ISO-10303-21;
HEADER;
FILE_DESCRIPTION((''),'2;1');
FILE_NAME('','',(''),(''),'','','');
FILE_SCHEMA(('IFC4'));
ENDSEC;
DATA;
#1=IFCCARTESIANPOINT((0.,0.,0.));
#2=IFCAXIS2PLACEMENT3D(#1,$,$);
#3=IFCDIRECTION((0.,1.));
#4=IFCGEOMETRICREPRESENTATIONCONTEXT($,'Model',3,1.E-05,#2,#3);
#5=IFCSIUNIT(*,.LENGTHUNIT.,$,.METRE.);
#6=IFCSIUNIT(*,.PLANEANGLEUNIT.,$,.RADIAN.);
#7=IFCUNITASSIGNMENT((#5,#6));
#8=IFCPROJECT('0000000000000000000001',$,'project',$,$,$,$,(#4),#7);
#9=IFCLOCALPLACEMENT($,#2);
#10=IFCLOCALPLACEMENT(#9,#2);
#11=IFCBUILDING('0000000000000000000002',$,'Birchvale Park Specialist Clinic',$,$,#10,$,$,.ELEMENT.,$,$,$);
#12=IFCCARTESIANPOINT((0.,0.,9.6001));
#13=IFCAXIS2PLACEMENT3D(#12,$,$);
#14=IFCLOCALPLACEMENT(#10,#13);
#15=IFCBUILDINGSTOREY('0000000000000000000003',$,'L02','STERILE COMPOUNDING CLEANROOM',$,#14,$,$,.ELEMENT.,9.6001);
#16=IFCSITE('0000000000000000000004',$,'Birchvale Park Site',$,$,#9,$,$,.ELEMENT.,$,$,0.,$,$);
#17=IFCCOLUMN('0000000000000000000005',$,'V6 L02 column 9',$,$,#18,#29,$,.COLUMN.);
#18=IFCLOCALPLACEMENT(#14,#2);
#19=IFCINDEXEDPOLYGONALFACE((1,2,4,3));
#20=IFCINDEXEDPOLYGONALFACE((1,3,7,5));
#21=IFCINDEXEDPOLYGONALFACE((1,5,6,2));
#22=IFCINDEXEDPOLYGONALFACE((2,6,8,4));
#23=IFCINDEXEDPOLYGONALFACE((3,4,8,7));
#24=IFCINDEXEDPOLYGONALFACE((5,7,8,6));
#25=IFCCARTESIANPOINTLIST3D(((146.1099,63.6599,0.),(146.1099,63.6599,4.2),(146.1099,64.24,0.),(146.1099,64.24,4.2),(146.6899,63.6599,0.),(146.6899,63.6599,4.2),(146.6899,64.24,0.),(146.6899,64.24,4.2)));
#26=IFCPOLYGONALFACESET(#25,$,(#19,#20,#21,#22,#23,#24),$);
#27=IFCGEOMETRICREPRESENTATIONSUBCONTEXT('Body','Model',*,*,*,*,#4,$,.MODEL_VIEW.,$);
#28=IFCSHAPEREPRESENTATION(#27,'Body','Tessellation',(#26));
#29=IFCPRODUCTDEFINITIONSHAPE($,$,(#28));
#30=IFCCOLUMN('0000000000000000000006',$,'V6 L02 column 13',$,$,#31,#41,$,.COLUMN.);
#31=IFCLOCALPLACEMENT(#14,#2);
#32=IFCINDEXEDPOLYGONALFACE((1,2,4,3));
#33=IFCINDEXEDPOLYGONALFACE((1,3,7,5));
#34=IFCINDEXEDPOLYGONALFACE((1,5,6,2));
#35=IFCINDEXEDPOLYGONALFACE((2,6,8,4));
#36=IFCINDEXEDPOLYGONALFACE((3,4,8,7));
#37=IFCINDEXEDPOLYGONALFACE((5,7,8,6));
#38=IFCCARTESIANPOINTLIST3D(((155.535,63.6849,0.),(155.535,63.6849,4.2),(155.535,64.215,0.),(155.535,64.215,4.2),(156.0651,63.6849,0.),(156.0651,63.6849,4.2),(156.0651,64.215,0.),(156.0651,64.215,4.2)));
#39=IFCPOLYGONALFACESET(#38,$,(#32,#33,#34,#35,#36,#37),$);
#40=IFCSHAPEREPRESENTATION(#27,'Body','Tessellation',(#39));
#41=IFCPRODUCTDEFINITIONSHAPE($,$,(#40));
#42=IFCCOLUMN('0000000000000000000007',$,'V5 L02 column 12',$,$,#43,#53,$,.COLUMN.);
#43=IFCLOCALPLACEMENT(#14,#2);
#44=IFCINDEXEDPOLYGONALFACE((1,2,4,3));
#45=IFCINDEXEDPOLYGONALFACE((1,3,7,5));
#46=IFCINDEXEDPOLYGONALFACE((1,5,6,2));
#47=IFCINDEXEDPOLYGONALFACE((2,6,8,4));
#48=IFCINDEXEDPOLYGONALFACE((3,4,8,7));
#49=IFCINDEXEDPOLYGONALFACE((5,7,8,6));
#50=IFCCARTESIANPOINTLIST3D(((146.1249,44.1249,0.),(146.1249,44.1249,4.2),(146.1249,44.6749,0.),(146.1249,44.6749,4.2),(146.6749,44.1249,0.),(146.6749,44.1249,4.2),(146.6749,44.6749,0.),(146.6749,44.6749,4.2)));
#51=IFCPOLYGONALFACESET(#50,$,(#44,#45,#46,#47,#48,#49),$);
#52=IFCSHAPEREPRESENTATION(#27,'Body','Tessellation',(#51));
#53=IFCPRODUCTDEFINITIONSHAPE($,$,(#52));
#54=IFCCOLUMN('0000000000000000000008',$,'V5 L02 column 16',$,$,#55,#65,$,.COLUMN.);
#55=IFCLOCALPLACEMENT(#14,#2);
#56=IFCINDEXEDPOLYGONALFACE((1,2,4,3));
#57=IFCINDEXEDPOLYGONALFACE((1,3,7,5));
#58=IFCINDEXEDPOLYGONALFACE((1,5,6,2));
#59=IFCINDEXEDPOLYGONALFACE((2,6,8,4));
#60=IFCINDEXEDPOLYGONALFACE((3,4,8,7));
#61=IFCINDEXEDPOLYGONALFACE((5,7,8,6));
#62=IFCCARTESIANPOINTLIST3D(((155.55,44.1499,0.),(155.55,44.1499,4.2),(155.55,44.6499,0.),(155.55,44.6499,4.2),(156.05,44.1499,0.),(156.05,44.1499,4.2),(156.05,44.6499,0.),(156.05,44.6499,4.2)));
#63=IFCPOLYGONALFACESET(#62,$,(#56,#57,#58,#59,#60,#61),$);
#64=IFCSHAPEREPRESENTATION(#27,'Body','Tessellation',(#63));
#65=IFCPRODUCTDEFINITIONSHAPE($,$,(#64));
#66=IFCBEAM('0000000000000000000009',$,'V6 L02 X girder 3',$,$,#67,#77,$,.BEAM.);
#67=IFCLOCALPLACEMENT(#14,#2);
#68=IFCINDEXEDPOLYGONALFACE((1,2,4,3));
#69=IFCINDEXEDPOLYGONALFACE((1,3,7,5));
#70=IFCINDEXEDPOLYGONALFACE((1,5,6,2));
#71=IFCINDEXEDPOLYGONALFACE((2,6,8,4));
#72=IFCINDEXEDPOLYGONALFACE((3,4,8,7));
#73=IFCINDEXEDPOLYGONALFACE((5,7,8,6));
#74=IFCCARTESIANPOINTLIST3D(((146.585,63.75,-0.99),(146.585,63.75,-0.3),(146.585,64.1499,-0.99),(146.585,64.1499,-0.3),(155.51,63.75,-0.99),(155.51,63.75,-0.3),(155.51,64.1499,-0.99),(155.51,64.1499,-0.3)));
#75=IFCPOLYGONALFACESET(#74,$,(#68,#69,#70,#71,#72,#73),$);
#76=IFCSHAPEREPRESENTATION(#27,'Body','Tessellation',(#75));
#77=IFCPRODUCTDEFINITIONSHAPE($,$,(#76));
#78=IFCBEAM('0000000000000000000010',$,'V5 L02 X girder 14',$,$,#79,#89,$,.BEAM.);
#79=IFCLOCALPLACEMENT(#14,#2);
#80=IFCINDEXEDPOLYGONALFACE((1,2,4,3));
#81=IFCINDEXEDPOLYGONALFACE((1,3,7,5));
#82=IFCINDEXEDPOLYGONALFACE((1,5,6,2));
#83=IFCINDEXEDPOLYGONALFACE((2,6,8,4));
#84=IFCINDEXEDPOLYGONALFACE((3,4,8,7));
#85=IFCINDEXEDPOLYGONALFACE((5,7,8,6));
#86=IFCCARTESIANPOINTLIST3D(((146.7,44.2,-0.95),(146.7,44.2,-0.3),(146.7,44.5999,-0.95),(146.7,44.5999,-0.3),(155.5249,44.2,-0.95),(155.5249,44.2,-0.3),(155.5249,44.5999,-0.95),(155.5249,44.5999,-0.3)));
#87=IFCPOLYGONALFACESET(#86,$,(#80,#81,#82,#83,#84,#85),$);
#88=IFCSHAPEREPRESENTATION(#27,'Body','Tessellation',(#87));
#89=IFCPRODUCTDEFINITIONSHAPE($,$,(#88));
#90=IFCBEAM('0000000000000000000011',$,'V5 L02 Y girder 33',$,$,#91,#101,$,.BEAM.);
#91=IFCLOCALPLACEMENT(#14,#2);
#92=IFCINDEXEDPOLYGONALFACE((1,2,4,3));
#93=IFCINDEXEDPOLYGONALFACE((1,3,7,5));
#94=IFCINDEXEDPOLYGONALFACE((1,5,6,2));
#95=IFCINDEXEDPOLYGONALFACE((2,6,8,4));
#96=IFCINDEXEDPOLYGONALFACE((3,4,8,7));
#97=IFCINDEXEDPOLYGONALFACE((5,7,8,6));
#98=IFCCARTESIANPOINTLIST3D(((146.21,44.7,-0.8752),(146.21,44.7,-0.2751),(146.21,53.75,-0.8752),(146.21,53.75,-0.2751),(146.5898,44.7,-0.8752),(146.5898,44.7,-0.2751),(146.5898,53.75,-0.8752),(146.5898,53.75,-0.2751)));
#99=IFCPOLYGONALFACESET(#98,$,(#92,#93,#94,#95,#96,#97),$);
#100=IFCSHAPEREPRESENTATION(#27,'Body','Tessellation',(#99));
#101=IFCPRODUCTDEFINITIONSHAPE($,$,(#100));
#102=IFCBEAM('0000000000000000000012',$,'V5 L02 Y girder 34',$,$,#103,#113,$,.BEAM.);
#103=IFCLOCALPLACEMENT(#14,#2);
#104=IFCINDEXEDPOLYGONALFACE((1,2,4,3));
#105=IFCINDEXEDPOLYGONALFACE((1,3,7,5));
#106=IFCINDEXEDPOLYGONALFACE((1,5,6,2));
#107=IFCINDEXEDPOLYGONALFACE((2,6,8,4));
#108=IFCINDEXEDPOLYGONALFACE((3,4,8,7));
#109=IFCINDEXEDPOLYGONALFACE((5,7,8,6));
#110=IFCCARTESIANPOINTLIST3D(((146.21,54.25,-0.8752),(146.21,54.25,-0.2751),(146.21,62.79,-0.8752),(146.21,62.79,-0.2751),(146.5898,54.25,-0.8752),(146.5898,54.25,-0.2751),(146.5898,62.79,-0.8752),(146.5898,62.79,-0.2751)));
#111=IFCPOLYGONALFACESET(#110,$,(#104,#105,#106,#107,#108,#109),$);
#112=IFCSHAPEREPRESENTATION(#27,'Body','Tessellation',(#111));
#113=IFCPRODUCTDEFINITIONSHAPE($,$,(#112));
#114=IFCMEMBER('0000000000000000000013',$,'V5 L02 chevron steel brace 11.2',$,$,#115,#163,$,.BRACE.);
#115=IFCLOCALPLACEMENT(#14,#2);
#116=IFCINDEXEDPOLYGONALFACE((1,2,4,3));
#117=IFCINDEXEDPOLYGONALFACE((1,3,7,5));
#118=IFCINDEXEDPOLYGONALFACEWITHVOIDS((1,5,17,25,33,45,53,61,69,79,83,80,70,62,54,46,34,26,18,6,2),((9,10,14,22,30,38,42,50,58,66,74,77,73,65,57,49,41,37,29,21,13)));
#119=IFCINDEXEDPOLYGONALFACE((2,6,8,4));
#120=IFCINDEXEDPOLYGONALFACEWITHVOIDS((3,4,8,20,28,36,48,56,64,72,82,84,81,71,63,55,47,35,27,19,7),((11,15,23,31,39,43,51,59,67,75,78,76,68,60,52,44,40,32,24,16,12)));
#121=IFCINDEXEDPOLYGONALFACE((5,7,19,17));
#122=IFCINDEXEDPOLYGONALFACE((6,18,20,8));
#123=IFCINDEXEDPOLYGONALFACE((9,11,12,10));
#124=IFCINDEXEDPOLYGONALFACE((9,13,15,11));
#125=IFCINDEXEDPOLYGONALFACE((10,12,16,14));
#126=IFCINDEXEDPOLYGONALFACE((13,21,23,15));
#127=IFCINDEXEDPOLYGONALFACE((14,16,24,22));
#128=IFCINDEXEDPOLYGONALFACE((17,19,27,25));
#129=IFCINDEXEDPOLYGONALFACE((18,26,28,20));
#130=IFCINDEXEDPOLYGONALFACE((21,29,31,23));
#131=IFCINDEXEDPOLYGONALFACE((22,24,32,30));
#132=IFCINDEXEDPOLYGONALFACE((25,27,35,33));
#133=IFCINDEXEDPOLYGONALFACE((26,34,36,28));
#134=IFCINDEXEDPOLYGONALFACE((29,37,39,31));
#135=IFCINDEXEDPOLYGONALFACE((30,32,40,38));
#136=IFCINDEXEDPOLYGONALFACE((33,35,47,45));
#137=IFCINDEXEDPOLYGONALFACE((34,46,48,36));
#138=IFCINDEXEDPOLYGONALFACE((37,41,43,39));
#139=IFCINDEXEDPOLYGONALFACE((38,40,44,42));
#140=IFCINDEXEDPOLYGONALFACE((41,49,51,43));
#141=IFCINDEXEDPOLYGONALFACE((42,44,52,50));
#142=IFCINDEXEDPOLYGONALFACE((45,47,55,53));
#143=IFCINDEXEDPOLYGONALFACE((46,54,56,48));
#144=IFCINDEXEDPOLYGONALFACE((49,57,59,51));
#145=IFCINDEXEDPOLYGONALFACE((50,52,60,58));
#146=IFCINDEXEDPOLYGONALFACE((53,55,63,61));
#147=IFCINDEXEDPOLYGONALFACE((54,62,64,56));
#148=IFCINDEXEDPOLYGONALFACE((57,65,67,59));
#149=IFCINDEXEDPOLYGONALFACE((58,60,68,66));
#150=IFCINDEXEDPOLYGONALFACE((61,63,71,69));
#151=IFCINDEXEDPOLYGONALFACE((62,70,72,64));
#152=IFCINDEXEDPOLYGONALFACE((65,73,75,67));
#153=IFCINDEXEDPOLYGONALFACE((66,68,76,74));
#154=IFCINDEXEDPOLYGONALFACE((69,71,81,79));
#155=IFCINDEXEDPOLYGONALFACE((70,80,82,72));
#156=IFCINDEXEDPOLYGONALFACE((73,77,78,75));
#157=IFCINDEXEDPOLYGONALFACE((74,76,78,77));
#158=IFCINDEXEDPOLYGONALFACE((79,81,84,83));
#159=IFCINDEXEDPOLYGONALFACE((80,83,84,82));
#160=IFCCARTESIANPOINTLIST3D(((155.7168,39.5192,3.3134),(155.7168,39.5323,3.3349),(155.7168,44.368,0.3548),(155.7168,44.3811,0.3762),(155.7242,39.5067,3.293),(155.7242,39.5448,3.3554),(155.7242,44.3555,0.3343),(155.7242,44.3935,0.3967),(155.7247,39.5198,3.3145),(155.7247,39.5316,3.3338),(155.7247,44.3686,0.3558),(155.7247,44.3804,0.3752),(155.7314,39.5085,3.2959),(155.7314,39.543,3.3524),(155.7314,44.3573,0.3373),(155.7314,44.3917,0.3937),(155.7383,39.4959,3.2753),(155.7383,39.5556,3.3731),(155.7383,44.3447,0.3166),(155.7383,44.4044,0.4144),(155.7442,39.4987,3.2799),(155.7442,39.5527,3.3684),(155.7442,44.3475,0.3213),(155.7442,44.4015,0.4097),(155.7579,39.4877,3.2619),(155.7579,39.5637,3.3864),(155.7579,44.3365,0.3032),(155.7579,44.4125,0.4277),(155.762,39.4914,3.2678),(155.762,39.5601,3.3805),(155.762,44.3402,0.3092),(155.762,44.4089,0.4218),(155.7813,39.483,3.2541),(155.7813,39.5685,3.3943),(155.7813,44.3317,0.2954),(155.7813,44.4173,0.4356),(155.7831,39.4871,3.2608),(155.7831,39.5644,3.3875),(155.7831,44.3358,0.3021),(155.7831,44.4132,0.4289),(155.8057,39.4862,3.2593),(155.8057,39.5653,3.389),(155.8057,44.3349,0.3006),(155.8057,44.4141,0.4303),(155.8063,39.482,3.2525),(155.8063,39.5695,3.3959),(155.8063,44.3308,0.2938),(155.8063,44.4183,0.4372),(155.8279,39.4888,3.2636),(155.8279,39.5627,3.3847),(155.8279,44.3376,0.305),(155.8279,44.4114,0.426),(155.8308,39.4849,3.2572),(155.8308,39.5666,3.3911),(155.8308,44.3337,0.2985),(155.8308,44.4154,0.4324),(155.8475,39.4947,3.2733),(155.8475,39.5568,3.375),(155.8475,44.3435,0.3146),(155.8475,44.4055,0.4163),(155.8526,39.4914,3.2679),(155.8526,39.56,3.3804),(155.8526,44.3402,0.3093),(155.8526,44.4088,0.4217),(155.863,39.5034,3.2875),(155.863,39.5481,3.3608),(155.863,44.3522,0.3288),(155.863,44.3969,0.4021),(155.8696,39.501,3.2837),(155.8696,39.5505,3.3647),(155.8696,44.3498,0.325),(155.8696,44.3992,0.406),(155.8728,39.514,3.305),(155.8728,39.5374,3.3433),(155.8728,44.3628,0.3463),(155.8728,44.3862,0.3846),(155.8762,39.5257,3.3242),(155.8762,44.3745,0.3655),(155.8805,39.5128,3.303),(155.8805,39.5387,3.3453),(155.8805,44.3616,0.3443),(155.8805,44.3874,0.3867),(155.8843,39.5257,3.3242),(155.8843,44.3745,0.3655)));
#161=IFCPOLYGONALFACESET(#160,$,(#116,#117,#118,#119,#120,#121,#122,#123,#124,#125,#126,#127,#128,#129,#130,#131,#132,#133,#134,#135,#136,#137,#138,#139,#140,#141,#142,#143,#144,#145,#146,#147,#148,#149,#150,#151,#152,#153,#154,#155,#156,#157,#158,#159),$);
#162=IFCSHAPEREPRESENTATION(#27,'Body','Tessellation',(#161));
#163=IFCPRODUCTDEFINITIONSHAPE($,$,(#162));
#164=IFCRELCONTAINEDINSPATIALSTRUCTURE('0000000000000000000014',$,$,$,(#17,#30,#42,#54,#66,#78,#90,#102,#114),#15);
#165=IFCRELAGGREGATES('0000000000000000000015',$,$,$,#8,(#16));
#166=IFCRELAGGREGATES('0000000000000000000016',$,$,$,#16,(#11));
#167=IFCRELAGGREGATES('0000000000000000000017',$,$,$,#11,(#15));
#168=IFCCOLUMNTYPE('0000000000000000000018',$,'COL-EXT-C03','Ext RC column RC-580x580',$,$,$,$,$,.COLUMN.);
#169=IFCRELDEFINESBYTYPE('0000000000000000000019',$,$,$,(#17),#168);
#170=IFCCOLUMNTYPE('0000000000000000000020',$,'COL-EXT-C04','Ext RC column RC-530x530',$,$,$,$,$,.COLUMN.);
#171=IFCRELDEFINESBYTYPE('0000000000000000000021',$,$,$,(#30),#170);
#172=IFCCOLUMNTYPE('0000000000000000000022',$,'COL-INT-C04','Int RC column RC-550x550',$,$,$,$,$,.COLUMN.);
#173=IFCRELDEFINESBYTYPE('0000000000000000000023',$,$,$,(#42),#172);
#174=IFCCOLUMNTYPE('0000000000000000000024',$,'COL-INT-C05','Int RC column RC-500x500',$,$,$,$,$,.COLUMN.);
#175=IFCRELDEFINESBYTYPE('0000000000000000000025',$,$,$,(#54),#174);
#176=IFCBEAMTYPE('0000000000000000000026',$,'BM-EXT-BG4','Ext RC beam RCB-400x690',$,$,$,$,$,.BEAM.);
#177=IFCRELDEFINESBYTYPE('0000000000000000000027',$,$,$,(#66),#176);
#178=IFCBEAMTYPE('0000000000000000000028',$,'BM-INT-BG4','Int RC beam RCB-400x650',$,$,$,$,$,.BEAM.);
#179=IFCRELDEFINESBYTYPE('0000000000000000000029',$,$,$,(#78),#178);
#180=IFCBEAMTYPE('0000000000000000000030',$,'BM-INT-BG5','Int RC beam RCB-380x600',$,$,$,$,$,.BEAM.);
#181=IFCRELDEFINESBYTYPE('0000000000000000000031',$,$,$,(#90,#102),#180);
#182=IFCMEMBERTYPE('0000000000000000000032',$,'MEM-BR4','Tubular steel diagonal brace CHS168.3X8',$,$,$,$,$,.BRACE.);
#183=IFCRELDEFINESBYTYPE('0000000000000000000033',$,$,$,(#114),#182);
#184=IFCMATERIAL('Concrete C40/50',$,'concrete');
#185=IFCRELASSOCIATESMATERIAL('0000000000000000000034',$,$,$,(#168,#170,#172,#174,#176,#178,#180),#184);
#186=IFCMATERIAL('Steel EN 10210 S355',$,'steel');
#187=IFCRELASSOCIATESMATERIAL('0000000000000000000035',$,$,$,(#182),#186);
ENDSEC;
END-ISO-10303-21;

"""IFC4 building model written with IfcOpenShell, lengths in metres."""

from ifc_helpers import new_model, si_unit, direction, frame, origin, origin_2d, place, context, subcontext, project, spatial, rectangle, hollow_circle, extrude, material, material_profile, profile_set, type_object, element, save


model = new_model("IFC4")

# Units and contexts
model_context = context("Model", 3, precision=1e-05, world=origin(), true_north=direction((0.0, 1.0)))
body_context = subcontext(model_context, "Body", "Model", "MODEL_VIEW")
ifc_project = project(units=[si_unit("LENGTHUNIT", "METRE"), si_unit("PLANEANGLEUNIT", "RADIAN")], contexts=[model_context])

# Site, building, storey
site_placement = place(None, origin())
site = spatial("IfcSite", under=ifc_project, at=site_placement, Name="Birchvale Park Site", CompositionType="ELEMENT", RefElevation=0.0)
building_placement = place(site_placement, origin())
building = spatial("IfcBuilding", under=site, at=building_placement, Name="Birchvale Park Specialist Clinic", CompositionType="ELEMENT")
storey_placement = place(building_placement, frame((0.0, 0.0, 9.6001)))
storey = spatial("IfcBuildingStorey", under=building, at=storey_placement, Name="L02", Description="STERILE COMPOUNDING CLEANROOM", CompositionType="ELEMENT", Elevation=9.6001)

# Columns
ifc_material_1 = material(Name="Concrete C40/50", Category="concrete")
ifc_material_profile_1 = material_profile(ifc_material_1, rectangle(XDim=0.5801, YDim=0.5801, at=origin_2d()), Name="RC-580x580")
ifc_profile_set_1 = profile_set([ifc_material_profile_1], Name="Concrete C40/50")
column_type_1 = type_object("IfcColumnType", Name="COL-EXT-C03", Description="Ext RC column RC-580x580", PredefinedType="COLUMN", material=ifc_profile_set_1)
column_1_placement = place(storey_placement, frame((146.3999, 63.95, 0.0), z_axis=(0.0, 0.0, 1.0), x_axis=(1.0, 0.0, 0.0)))
element("IfcColumn", 1, at=column_1_placement, inside=storey, type_object=column_type_1, Name="V6 L02 column 9", PredefinedType="COLUMN", context=body_context, shape_type="SweptSolid", body=[
    extrude(rectangle(XDim=0.5801, YDim=0.5801, at=origin_2d()), origin(), (0.0, 0.0, 1.0), 4.2),
])
ifc_material_profile_2 = material_profile(ifc_material_1, rectangle(XDim=0.53, YDim=0.53, at=origin_2d()), Name="RC-530x530")
ifc_profile_set_2 = profile_set([ifc_material_profile_2], Name="Concrete C40/50")
column_type_2 = type_object("IfcColumnType", Name="COL-EXT-C04", Description="Ext RC column RC-530x530", PredefinedType="COLUMN", material=ifc_profile_set_2)
column_2_placement = place(storey_placement, frame((155.8, 63.95, 0.0), z_axis=(0.0, 0.0, 1.0), x_axis=(1.0, 0.0, 0.0)))
element("IfcColumn", 2, at=column_2_placement, inside=storey, type_object=column_type_2, Name="V6 L02 column 13", PredefinedType="COLUMN", context=body_context, shape_type="SweptSolid", body=[
    extrude(rectangle(XDim=0.53, YDim=0.53, at=origin_2d()), origin(), (0.0, 0.0, 1.0), 4.2),
])
ifc_material_profile_3 = material_profile(ifc_material_1, rectangle(XDim=0.55, YDim=0.55, at=origin_2d()), Name="RC-550x550")
ifc_profile_set_3 = profile_set([ifc_material_profile_3], Name="Concrete C40/50")
column_type_3 = type_object("IfcColumnType", Name="COL-INT-C04", Description="Int RC column RC-550x550", PredefinedType="COLUMN", material=ifc_profile_set_3)
column_3_placement = place(storey_placement, frame((146.3999, 44.3999, 0.0), z_axis=(0.0, 0.0, 1.0), x_axis=(1.0, 0.0, 0.0)))
element("IfcColumn", 3, at=column_3_placement, inside=storey, type_object=column_type_3, Name="V5 L02 column 12", PredefinedType="COLUMN", context=body_context, shape_type="SweptSolid", body=[
    extrude(rectangle(XDim=0.55, YDim=0.55, at=origin_2d()), origin(), (0.0, 0.0, 1.0), 4.2),
])
ifc_material_profile_4 = material_profile(ifc_material_1, rectangle(XDim=0.5, YDim=0.5, at=origin_2d()), Name="RC-500x500")
ifc_profile_set_4 = profile_set([ifc_material_profile_4], Name="Concrete C40/50")
column_type_4 = type_object("IfcColumnType", Name="COL-INT-C05", Description="Int RC column RC-500x500", PredefinedType="COLUMN", material=ifc_profile_set_4)
column_4_placement = place(storey_placement, frame((155.8, 44.3999, 0.0), z_axis=(0.0, 0.0, 1.0), x_axis=(1.0, 0.0, 0.0)))
element("IfcColumn", 4, at=column_4_placement, inside=storey, type_object=column_type_4, Name="V5 L02 column 16", PredefinedType="COLUMN", context=body_context, shape_type="SweptSolid", body=[
    extrude(rectangle(XDim=0.5, YDim=0.5, at=origin_2d()), origin(), (0.0, 0.0, 1.0), 4.2),
])

# Beams
ifc_material_profile_5 = material_profile(ifc_material_1, rectangle(XDim=0.3999, YDim=0.6899, at=origin_2d()), Name="RCB-400x690")
ifc_profile_set_5 = profile_set([ifc_material_profile_5], Name="Concrete C40/50")
beam_type_1 = type_object("IfcBeamType", Name="BM-EXT-BG4", Description="Ext RC beam RCB-400x690", PredefinedType="BEAM", material=ifc_profile_set_5)
beam_1_placement = place(storey_placement, frame((146.585, 63.95, -0.645), z_axis=(1.0, 0.0, 0.0), x_axis=(0.0, 1.0, 0.0)))
element("IfcBeam", 5, at=beam_1_placement, inside=storey, type_object=beam_type_1, Name="V6 L02 X girder 3", PredefinedType="BEAM", context=body_context, shape_type="SweptSolid", body=[
    extrude(rectangle(XDim=0.3999, YDim=0.6899, at=origin_2d()), origin(), (0.0, 0.0, 1.0), 8.925),
])
ifc_material_profile_6 = material_profile(ifc_material_1, rectangle(XDim=0.3999, YDim=0.6499, at=origin_2d()), Name="RCB-400x650")
ifc_profile_set_6 = profile_set([ifc_material_profile_6], Name="Concrete C40/50")
beam_type_2 = type_object("IfcBeamType", Name="BM-INT-BG4", Description="Int RC beam RCB-400x650", PredefinedType="BEAM", material=ifc_profile_set_6)
beam_2_placement = place(storey_placement, frame((146.7, 44.3999, -0.625), z_axis=(1.0, 0.0, 0.0), x_axis=(0.0, 1.0, 0.0)))
element("IfcBeam", 6, at=beam_2_placement, inside=storey, type_object=beam_type_2, Name="V5 L02 X girder 14", PredefinedType="BEAM", context=body_context, shape_type="SweptSolid", body=[
    extrude(rectangle(XDim=0.3999, YDim=0.6499, at=origin_2d()), origin(), (0.0, 0.0, 1.0), 8.825),
])
ifc_material_profile_7 = material_profile(ifc_material_1, rectangle(XDim=0.3799, YDim=0.6001, at=origin_2d()), Name="RCB-380x600")
ifc_profile_set_7 = profile_set([ifc_material_profile_7], Name="Concrete C40/50")
beam_type_3 = type_object("IfcBeamType", Name="BM-INT-BG5", Description="Int RC beam RCB-380x600", PredefinedType="BEAM", material=ifc_profile_set_7)
beam_3_placement = place(storey_placement, frame((146.3999, 44.7, -0.5752), z_axis=(0.0, 1.0, 0.0), x_axis=(-1.0, 0.0, 0.0)))
element("IfcBeam", 7, at=beam_3_placement, inside=storey, type_object=beam_type_3, Name="V5 L02 Y girder 33", PredefinedType="BEAM", context=body_context, shape_type="SweptSolid", body=[
    extrude(rectangle(XDim=0.3799, YDim=0.6001, at=origin_2d()), origin(), (0.0, 0.0, 1.0), 9.05),
])
beam_4_placement = place(storey_placement, frame((146.3999, 54.25, -0.5752), z_axis=(0.0, 1.0, 0.0), x_axis=(-1.0, 0.0, 0.0)))
element("IfcBeam", 8, at=beam_4_placement, inside=storey, type_object=beam_type_3, Name="V5 L02 Y girder 34", PredefinedType="BEAM", context=body_context, shape_type="SweptSolid", body=[
    extrude(rectangle(XDim=0.3799, YDim=0.6001, at=origin_2d()), origin(), (0.0, 0.0, 1.0), 8.54),
])

# Member
ifc_material_2 = material(Name="Steel EN 10210 S355", Category="steel")
ifc_material_profile_8 = material_profile(ifc_material_2, hollow_circle(Radius=0.0842, WallThickness=0.0081, at=origin_2d()), Name="CHS168.3X8")
ifc_profile_set_8 = profile_set([ifc_material_profile_8], Name="Steel EN 10210 S355")
member_type = type_object("IfcMemberType", Name="MEM-BR4", Description="Tubular steel diagonal brace CHS168.3X8", PredefinedType="BRACE", material=ifc_profile_set_8)
member_placement = place(storey_placement, frame((155.8, 44.3745, 0.3655), z_axis=(0.0, -0.853631, 0.520878), x_axis=(1.0, 0.0, 0.0)))
element("IfcMember", 9, at=member_placement, inside=storey, type_object=member_type, Name="V5 L02 chevron steel brace 11.2", PredefinedType="BRACE", context=body_context, shape_type="SweptSolid", body=[
    extrude(hollow_circle(Radius=0.0842, WallThickness=0.0081, at=origin_2d()), origin(), (0.0, 0.0, 1.0), 5.6802),
])

save(model, "model.ifc")
